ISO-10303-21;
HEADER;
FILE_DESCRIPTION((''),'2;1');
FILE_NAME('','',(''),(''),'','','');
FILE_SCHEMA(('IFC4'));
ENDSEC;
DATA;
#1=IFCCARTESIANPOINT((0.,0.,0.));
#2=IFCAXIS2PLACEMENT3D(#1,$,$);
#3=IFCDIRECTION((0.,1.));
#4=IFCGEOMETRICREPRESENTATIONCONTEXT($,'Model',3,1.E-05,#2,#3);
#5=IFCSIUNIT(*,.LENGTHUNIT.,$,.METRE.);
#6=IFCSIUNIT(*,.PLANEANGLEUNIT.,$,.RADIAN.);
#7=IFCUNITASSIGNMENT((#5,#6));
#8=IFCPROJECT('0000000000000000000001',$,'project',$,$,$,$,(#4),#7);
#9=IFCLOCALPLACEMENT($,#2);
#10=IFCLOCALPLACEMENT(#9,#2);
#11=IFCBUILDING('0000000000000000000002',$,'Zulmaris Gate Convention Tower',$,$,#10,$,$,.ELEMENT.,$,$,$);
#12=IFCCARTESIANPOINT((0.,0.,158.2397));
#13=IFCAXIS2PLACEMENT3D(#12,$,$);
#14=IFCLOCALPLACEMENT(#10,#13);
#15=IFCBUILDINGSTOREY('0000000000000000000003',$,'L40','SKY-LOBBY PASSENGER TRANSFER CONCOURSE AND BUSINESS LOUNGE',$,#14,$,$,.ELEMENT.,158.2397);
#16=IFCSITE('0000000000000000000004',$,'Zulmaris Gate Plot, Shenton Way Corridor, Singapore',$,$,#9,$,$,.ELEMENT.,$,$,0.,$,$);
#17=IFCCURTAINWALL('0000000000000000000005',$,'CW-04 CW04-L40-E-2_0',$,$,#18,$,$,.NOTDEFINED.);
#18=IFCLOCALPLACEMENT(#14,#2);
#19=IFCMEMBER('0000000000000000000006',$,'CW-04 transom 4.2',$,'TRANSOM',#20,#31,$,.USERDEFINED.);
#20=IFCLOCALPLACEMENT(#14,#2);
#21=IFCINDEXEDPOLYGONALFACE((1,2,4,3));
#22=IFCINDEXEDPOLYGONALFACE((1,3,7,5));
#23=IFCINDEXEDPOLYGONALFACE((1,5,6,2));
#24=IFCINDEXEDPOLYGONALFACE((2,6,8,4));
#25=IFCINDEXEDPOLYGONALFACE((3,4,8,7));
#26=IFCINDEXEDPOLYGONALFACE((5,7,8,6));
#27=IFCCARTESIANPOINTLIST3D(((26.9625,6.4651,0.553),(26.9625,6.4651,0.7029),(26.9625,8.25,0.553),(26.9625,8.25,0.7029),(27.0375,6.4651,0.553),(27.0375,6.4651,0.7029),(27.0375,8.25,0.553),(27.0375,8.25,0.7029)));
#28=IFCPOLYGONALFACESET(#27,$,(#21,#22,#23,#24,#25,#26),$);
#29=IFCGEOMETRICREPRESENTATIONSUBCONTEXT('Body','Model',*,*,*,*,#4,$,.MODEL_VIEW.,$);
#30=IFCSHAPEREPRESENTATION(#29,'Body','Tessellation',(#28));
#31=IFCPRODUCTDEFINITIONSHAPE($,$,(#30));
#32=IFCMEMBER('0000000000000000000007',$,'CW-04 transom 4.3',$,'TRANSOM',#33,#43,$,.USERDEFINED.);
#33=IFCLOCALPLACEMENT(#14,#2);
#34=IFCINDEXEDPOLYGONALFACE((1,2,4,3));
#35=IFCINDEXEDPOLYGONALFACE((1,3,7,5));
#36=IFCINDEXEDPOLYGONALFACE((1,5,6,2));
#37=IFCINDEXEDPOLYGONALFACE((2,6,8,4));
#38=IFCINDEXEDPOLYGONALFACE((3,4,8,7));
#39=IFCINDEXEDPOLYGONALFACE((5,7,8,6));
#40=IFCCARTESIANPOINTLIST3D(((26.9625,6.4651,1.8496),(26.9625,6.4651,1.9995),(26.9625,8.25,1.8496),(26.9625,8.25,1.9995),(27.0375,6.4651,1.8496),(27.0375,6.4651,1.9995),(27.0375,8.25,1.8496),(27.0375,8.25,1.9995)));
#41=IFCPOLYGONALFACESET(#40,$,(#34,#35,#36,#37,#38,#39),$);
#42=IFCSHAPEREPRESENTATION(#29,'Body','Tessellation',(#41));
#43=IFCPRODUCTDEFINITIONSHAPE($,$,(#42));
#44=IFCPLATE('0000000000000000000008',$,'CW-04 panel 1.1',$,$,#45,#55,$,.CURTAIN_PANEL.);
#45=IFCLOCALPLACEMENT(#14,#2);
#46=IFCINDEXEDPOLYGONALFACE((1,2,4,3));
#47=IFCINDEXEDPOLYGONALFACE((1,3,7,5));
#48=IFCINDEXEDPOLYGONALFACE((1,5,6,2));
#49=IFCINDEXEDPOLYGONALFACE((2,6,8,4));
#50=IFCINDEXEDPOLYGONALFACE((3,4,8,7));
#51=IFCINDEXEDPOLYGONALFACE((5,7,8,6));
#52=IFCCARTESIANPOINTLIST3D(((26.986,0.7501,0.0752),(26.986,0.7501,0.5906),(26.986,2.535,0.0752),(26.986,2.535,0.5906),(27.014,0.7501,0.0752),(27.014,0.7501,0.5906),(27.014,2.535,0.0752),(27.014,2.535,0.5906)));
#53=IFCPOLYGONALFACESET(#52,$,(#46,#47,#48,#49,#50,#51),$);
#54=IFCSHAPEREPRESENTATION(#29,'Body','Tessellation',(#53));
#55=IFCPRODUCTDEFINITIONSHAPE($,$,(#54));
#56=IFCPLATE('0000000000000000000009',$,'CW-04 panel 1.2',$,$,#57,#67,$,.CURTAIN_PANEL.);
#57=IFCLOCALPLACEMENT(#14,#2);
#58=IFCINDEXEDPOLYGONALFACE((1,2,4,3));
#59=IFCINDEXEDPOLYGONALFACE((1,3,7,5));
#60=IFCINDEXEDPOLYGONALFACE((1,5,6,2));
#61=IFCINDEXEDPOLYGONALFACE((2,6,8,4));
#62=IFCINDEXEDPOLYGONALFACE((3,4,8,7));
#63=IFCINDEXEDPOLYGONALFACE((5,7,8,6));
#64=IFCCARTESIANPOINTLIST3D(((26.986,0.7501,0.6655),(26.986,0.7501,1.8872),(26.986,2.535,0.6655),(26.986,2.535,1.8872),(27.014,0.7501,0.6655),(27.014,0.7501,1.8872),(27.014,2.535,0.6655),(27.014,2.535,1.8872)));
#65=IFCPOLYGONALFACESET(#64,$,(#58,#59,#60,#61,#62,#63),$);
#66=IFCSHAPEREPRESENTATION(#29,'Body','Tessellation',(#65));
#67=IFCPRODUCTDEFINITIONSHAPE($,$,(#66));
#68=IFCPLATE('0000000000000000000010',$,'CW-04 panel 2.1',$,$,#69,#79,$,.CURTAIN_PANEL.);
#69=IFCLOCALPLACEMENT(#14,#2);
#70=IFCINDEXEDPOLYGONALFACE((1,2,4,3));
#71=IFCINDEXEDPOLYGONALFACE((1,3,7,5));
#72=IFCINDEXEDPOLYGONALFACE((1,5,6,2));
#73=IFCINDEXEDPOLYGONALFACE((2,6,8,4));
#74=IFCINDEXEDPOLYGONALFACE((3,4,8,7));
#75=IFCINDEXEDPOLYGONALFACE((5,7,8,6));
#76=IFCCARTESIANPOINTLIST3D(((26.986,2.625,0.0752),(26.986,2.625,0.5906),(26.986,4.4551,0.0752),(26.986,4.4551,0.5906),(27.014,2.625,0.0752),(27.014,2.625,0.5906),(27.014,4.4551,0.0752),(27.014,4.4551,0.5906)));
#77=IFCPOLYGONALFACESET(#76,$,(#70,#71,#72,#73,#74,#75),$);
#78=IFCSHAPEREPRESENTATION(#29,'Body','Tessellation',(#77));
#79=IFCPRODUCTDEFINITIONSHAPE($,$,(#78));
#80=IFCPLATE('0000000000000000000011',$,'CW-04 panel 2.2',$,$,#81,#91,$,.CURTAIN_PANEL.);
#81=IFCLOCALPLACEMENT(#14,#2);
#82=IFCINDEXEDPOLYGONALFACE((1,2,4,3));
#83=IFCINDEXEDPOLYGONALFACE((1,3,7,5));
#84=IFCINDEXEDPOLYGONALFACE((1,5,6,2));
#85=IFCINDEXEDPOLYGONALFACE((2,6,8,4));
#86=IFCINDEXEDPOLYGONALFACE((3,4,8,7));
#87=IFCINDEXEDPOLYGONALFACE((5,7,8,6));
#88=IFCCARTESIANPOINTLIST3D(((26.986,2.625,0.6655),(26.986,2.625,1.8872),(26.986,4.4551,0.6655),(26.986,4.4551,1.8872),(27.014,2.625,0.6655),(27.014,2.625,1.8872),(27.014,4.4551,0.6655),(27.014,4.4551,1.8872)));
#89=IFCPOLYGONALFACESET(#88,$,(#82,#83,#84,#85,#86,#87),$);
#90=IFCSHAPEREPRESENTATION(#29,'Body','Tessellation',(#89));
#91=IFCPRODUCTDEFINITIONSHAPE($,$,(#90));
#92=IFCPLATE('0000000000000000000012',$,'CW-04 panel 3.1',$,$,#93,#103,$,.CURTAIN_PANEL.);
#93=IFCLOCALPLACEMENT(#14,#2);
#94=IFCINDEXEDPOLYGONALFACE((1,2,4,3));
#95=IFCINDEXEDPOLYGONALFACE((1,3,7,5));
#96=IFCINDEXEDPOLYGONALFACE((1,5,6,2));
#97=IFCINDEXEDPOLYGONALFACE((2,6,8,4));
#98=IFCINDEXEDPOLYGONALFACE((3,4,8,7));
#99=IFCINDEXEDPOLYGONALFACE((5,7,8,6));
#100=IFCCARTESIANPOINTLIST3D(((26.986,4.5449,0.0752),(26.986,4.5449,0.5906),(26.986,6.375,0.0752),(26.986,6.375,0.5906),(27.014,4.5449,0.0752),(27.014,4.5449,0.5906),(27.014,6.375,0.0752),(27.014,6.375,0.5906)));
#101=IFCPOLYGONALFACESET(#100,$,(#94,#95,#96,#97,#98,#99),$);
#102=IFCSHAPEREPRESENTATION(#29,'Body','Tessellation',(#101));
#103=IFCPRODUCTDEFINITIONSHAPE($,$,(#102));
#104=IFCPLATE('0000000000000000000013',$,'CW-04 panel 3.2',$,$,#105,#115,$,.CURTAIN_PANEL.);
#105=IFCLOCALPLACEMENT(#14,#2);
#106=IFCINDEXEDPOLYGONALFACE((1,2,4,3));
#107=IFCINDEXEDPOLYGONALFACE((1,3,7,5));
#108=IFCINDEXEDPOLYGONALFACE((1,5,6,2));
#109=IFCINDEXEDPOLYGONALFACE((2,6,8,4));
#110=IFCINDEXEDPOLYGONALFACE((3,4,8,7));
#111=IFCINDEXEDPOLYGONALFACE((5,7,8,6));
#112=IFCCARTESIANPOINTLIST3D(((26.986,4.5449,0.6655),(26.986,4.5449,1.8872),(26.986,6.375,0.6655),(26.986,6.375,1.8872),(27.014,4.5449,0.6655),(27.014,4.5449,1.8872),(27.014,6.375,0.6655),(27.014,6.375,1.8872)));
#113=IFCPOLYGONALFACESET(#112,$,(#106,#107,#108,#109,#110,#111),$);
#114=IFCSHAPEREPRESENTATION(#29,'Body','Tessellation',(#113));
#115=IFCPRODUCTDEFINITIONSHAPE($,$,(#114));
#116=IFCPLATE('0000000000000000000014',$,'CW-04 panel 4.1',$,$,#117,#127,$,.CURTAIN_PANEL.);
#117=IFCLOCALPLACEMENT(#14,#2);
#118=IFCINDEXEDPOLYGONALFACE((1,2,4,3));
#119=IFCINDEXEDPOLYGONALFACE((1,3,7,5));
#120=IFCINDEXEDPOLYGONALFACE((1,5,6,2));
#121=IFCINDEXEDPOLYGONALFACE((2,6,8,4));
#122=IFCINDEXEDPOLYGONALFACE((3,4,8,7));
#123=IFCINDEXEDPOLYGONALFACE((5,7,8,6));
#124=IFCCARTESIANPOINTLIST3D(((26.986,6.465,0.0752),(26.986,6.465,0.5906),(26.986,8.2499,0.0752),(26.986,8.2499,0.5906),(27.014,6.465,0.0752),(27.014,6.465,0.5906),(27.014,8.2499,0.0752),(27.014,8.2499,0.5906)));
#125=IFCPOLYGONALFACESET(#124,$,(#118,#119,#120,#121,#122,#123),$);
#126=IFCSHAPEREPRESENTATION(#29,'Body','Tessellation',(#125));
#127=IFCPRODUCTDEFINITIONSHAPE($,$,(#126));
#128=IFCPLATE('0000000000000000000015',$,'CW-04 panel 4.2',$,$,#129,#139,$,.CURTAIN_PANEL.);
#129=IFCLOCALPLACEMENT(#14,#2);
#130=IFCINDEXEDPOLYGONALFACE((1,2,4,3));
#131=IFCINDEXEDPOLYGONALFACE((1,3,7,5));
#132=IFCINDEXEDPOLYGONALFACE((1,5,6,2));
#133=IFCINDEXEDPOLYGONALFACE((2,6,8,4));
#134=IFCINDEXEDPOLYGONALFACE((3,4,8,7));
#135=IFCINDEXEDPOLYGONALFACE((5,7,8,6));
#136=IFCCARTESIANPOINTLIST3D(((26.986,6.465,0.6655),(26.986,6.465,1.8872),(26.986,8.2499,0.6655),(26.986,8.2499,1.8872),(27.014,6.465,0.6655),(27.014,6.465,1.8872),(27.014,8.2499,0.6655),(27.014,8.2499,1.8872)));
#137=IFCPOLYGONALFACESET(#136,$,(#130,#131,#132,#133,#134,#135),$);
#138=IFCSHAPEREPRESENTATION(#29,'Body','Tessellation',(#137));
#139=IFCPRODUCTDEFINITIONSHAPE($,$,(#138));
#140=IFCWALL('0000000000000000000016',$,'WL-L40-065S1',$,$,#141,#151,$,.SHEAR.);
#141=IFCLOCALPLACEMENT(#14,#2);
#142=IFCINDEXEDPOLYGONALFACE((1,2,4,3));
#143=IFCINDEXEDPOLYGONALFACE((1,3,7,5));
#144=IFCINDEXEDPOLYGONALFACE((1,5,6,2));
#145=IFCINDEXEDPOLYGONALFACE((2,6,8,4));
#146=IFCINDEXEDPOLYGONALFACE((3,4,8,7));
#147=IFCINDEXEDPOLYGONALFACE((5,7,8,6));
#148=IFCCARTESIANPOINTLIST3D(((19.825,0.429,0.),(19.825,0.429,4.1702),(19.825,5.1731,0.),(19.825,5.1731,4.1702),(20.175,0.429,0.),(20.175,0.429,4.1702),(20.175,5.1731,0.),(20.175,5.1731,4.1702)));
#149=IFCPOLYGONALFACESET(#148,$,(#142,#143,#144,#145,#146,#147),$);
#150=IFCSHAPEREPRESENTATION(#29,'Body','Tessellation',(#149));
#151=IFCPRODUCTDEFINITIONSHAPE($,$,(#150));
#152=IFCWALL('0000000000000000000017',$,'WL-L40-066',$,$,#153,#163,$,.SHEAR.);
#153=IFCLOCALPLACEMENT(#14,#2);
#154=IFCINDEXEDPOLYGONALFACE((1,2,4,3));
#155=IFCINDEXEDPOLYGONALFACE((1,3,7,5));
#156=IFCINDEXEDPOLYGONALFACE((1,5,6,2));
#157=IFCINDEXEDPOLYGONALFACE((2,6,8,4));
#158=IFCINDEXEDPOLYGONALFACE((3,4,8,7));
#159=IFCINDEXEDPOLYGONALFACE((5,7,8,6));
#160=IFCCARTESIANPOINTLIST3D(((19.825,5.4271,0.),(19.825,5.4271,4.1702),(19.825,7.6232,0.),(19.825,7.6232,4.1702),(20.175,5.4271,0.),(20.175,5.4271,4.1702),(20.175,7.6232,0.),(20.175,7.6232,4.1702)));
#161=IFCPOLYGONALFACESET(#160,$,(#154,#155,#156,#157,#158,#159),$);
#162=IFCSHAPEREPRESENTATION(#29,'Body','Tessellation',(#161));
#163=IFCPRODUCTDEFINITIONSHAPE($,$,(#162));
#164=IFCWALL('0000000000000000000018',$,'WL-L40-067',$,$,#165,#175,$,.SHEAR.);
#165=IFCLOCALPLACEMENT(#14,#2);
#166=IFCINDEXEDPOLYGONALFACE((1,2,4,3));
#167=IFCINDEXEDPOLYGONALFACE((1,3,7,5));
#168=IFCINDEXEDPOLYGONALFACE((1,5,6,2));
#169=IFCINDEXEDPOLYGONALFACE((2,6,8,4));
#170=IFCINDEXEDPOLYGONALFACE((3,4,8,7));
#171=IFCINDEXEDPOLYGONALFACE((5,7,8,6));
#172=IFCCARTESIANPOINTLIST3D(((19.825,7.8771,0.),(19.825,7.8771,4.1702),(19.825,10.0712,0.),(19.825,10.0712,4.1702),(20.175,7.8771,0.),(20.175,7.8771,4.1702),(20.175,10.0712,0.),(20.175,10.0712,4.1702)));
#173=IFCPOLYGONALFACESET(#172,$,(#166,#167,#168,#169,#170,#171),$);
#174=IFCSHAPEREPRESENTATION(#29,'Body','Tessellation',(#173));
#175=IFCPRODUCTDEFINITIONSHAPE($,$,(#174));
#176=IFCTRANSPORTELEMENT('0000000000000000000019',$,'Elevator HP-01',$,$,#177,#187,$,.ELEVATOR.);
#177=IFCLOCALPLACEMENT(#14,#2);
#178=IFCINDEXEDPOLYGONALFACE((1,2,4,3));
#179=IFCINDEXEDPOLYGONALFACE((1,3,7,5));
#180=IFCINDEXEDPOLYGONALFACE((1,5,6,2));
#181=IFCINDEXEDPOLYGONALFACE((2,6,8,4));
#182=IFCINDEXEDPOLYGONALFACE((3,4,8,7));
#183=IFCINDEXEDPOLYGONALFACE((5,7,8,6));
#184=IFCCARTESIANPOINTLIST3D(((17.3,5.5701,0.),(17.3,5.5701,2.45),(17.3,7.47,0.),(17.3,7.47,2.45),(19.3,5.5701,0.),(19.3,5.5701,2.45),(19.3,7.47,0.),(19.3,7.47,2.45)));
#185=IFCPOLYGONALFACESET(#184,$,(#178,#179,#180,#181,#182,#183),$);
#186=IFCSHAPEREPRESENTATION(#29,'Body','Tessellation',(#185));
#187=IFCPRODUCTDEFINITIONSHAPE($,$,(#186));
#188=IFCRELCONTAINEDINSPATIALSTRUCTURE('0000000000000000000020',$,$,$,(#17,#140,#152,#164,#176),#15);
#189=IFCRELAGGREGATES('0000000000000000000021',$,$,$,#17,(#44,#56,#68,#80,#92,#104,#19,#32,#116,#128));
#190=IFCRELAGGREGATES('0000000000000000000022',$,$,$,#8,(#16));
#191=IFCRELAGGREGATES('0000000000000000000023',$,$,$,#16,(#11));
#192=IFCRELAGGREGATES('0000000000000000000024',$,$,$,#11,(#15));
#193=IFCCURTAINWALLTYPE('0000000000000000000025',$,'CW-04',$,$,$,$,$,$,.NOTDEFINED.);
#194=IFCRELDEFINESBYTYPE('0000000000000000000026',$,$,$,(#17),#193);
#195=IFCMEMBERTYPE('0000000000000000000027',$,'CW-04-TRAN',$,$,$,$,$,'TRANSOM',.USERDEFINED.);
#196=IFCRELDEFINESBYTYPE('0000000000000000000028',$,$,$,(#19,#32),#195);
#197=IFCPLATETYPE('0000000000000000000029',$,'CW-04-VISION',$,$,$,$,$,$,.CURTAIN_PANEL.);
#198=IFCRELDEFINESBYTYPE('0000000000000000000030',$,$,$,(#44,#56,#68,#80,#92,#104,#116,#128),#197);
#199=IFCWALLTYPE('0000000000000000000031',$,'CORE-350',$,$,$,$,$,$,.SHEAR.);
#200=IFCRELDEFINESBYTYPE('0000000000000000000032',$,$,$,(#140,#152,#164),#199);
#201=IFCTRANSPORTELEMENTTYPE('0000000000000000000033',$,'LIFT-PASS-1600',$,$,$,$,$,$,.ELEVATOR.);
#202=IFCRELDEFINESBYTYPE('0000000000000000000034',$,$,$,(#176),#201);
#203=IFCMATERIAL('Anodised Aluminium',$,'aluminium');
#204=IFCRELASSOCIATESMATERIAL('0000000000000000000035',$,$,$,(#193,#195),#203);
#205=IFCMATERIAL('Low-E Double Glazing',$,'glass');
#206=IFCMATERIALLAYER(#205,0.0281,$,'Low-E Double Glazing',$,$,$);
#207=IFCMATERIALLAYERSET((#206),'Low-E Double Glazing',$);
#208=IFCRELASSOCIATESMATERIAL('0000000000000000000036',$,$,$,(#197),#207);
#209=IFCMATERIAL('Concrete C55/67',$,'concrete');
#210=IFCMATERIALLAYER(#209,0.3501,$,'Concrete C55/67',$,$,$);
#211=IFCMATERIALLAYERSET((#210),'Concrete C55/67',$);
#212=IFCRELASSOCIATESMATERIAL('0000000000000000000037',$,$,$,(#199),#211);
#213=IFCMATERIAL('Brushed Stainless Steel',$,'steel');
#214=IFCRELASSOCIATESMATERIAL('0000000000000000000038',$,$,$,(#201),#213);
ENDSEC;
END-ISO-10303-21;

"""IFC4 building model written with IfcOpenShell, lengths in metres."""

from ifc_helpers import new_model, si_unit, direction, frame, frame_2d, origin, origin_2d, place, context, subcontext, project, spatial, rectangle, extrude, material, layer, layer_set, material_profile, profile_set, type_object, element, aggregate, save


model = new_model("IFC4")

# Units and contexts
model_context = context("Model", 3, precision=1e-05, world=origin(), true_north=direction((0.0, 1.0)))
body_context = subcontext(model_context, "Body", "Model", "MODEL_VIEW")
ifc_project = project(units=[si_unit("LENGTHUNIT", "METRE"), si_unit("PLANEANGLEUNIT", "RADIAN")], contexts=[model_context])

# Site, building, storey
site_placement = place(None, origin())
site = spatial("IfcSite", under=ifc_project, at=site_placement, Name="Zulmaris Gate Plot, Shenton Way Corridor, Singapore", CompositionType="ELEMENT", RefElevation=0.0)
building_placement = place(site_placement, origin())
building = spatial("IfcBuilding", under=site, at=building_placement, Name="Zulmaris Gate Convention Tower", CompositionType="ELEMENT")
storey_placement = place(building_placement, frame((0.0, 0.0, 158.2397)))
storey = spatial("IfcBuildingStorey", under=building, at=storey_placement, Name="L40", Description="SKY-LOBBY PASSENGER TRANSFER CONCOURSE AND BUSINESS LOUNGE", CompositionType="ELEMENT", Elevation=158.2397)

# Curtain wall, members, plates
ifc_material_1 = material(Name="Anodised Aluminium", Category="aluminium")
curtain_wall_type = type_object("IfcCurtainWallType", Name="CW-04", PredefinedType="NOTDEFINED", material=ifc_material_1)
curtain_wall_placement = place(storey_placement, origin())
curtain_wall = element("IfcCurtainWall", 1, at=curtain_wall_placement, inside=storey, type_object=curtain_wall_type, Name="CW-04 CW04-L40-E-2_0", PredefinedType="NOTDEFINED")
ifc_material_profile_1 = material_profile(ifc_material_1, rectangle(XDim=0.075, YDim=0.1499, at=origin_2d()), Name="ALU TRANSOM 75x150")
ifc_profile_set_1 = profile_set([ifc_material_profile_1], Name="Anodised Aluminium")
member_type_1 = type_object("IfcMemberType", Name="CW-04-TRAN", ElementType="TRANSOM", PredefinedType="USERDEFINED", material=ifc_profile_set_1)
member_1_placement = place(storey_placement, frame((27.0, 6.4651, 0.6279), z_axis=(0.0, 1.0, 0.0), x_axis=(-1.0, 0.0, 0.0)))
member_1 = element("IfcMember", 2, at=member_1_placement, type_object=member_type_1, Name="CW-04 transom 4.2", ObjectType="TRANSOM", PredefinedType="USERDEFINED", context=body_context, shape_type="SweptSolid", body=[
    extrude(rectangle(XDim=0.075, YDim=0.1499, at=origin_2d()), origin(), (0.0, 0.0, 1.0), 1.7849),
])
member_2_placement = place(storey_placement, frame((27.0, 6.4651, 1.9246), z_axis=(0.0, 1.0, 0.0), x_axis=(-1.0, 0.0, 0.0)))
member_2 = element("IfcMember", 3, at=member_2_placement, type_object=member_type_1, Name="CW-04 transom 4.3", ObjectType="TRANSOM", PredefinedType="USERDEFINED", context=body_context, shape_type="SweptSolid", body=[
    extrude(rectangle(XDim=0.075, YDim=0.1499, at=origin_2d()), origin(), (0.0, 0.0, 1.0), 1.7849),
])
ifc_material_2 = material(Name="Low-E Double Glazing", Category="glass")
ifc_layer_1 = layer(ifc_material_2, 0.0281, Name="Low-E Double Glazing")
ifc_layer_set_1 = layer_set([ifc_layer_1], Name="Low-E Double Glazing")
plate_type = type_object("IfcPlateType", Name="CW-04-VISION", PredefinedType="CURTAIN_PANEL", material=ifc_layer_set_1)
plate_1_placement = place(storey_placement, frame((27.0, 1.6426, 0.0752), z_axis=(0.0, 0.0, 1.0), x_axis=(0.0, 1.0, 0.0)))
plate_1 = element("IfcPlate", 4, at=plate_1_placement, type_object=plate_type, Name="CW-04 panel 1.1", PredefinedType="CURTAIN_PANEL", context=body_context, shape_type="SweptSolid", body=[
    extrude(rectangle(XDim=1.7849, YDim=0.0281, at=origin_2d()), origin(), (0.0, 0.0, 1.0), 0.5154),
])
plate_2_placement = place(storey_placement, frame((27.0, 1.6426, 0.6655), z_axis=(0.0, 0.0, 1.0), x_axis=(0.0, 1.0, 0.0)))
plate_2 = element("IfcPlate", 5, at=plate_2_placement, type_object=plate_type, Name="CW-04 panel 1.2", PredefinedType="CURTAIN_PANEL", context=body_context, shape_type="SweptSolid", body=[
    extrude(rectangle(XDim=1.7849, YDim=0.0281, at=origin_2d()), origin(), (0.0, 0.0, 1.0), 1.2217),
])
plate_3_placement = place(storey_placement, frame((27.0, 3.54, 0.0752), z_axis=(0.0, 0.0, 1.0), x_axis=(0.0, 1.0, 0.0)))
plate_3 = element("IfcPlate", 6, at=plate_3_placement, type_object=plate_type, Name="CW-04 panel 2.1", PredefinedType="CURTAIN_PANEL", context=body_context, shape_type="SweptSolid", body=[
    extrude(rectangle(XDim=1.8301, YDim=0.0281, at=origin_2d()), origin(), (0.0, 0.0, 1.0), 0.5154),
])
plate_4_placement = place(storey_placement, frame((27.0, 3.54, 0.6655), z_axis=(0.0, 0.0, 1.0), x_axis=(0.0, 1.0, 0.0)))
plate_4 = element("IfcPlate", 7, at=plate_4_placement, type_object=plate_type, Name="CW-04 panel 2.2", PredefinedType="CURTAIN_PANEL", context=body_context, shape_type="SweptSolid", body=[
    extrude(rectangle(XDim=1.8301, YDim=0.0281, at=origin_2d()), origin(), (0.0, 0.0, 1.0), 1.2217),
])
plate_5_placement = place(storey_placement, frame((27.0, 5.46, 0.0752), z_axis=(0.0, 0.0, 1.0), x_axis=(0.0, 1.0, 0.0)))
plate_5 = element("IfcPlate", 8, at=plate_5_placement, type_object=plate_type, Name="CW-04 panel 3.1", PredefinedType="CURTAIN_PANEL", context=body_context, shape_type="SweptSolid", body=[
    extrude(rectangle(XDim=1.8301, YDim=0.0281, at=origin_2d()), origin(), (0.0, 0.0, 1.0), 0.5154),
])
plate_6_placement = place(storey_placement, frame((27.0, 5.46, 0.6655), z_axis=(0.0, 0.0, 1.0), x_axis=(0.0, 1.0, 0.0)))
plate_6 = element("IfcPlate", 9, at=plate_6_placement, type_object=plate_type, Name="CW-04 panel 3.2", PredefinedType="CURTAIN_PANEL", context=body_context, shape_type="SweptSolid", body=[
    extrude(rectangle(XDim=1.8301, YDim=0.0281, at=origin_2d()), origin(), (0.0, 0.0, 1.0), 1.2217),
])
plate_7_placement = place(storey_placement, frame((27.0, 7.3574, 0.0752), z_axis=(0.0, 0.0, 1.0), x_axis=(0.0, 1.0, 0.0)))
plate_7 = element("IfcPlate", 10, at=plate_7_placement, type_object=plate_type, Name="CW-04 panel 4.1", PredefinedType="CURTAIN_PANEL", context=body_context, shape_type="SweptSolid", body=[
    extrude(rectangle(XDim=1.7849, YDim=0.0281, at=origin_2d()), origin(), (0.0, 0.0, 1.0), 0.5154),
])
plate_8_placement = place(storey_placement, frame((27.0, 7.3574, 0.6655), z_axis=(0.0, 0.0, 1.0), x_axis=(0.0, 1.0, 0.0)))
plate_8 = element("IfcPlate", 11, at=plate_8_placement, type_object=plate_type, Name="CW-04 panel 4.2", PredefinedType="CURTAIN_PANEL", context=body_context, shape_type="SweptSolid", body=[
    extrude(rectangle(XDim=1.7849, YDim=0.0281, at=origin_2d()), origin(), (0.0, 0.0, 1.0), 1.2217),
])
aggregate(curtain_wall, [plate_1, plate_2, plate_3, plate_4, plate_5, plate_6, member_1, member_2, plate_7, plate_8])

# Walls
ifc_material_3 = material(Name="Concrete C55/67", Category="concrete")
ifc_layer_2 = layer(ifc_material_3, 0.3501, Name="Concrete C55/67")
ifc_layer_set_2 = layer_set([ifc_layer_2], Name="Concrete C55/67")
wall_type = type_object("IfcWallType", Name="CORE-350", PredefinedType="SHEAR", material=ifc_layer_set_2)
wall_1_placement = place(storey_placement, frame((20.0, 0.429, 0.0), z_axis=(0.0, 0.0, 1.0), x_axis=(0.0, 1.0, 0.0)))
element("IfcWall", 12, at=wall_1_placement, inside=storey, type_object=wall_type, Name="WL-L40-065S1", PredefinedType="SHEAR", context=body_context, shape_type="SweptSolid", body=[
    extrude(rectangle(XDim=4.7441, YDim=0.3501, at=frame_2d((2.3721, 0.0))), origin(), (0.0, 0.0, 1.0), 4.1702),
])
wall_2_placement = place(storey_placement, frame((20.0, 5.427, 0.0), z_axis=(0.0, 0.0, 1.0), x_axis=(0.0, 1.0, 0.0)))
element("IfcWall", 13, at=wall_2_placement, inside=storey, type_object=wall_type, Name="WL-L40-066", PredefinedType="SHEAR", context=body_context, shape_type="SweptSolid", body=[
    extrude(rectangle(XDim=2.196, YDim=0.3501, at=frame_2d((1.0981, 0.0))), origin(), (0.0, 0.0, 1.0), 4.1702),
])
wall_3_placement = place(storey_placement, frame((20.0, 7.877, 0.0), z_axis=(0.0, 0.0, 1.0), x_axis=(0.0, 1.0, 0.0)))
element("IfcWall", 14, at=wall_3_placement, inside=storey, type_object=wall_type, Name="WL-L40-067", PredefinedType="SHEAR", context=body_context, shape_type="SweptSolid", body=[
    extrude(rectangle(XDim=2.1941, YDim=0.3501, at=frame_2d((1.0972, 0.0))), origin(), (0.0, 0.0, 1.0), 4.1702),
])

# Transport element
ifc_material_4 = material(Name="Brushed Stainless Steel", Category="steel")
transport_element_type = type_object("IfcTransportElementType", Name="LIFT-PASS-1600", PredefinedType="ELEVATOR", material=ifc_material_4)
transport_element_placement = place(storey_placement, frame((18.3, 6.52, 0.0), z_axis=(0.0, 0.0, 1.0), x_axis=(1.0, 0.0, 0.0)))
element("IfcTransportElement", 15, at=transport_element_placement, inside=storey, type_object=transport_element_type, Name="Elevator HP-01", PredefinedType="ELEVATOR", context=body_context, shape_type="SweptSolid", body=[
    extrude(rectangle(XDim=2.0, YDim=1.8999, at=origin_2d()), origin(), (0.0, 0.0, 1.0), 2.45),
])

save(model, "model.ifc")
